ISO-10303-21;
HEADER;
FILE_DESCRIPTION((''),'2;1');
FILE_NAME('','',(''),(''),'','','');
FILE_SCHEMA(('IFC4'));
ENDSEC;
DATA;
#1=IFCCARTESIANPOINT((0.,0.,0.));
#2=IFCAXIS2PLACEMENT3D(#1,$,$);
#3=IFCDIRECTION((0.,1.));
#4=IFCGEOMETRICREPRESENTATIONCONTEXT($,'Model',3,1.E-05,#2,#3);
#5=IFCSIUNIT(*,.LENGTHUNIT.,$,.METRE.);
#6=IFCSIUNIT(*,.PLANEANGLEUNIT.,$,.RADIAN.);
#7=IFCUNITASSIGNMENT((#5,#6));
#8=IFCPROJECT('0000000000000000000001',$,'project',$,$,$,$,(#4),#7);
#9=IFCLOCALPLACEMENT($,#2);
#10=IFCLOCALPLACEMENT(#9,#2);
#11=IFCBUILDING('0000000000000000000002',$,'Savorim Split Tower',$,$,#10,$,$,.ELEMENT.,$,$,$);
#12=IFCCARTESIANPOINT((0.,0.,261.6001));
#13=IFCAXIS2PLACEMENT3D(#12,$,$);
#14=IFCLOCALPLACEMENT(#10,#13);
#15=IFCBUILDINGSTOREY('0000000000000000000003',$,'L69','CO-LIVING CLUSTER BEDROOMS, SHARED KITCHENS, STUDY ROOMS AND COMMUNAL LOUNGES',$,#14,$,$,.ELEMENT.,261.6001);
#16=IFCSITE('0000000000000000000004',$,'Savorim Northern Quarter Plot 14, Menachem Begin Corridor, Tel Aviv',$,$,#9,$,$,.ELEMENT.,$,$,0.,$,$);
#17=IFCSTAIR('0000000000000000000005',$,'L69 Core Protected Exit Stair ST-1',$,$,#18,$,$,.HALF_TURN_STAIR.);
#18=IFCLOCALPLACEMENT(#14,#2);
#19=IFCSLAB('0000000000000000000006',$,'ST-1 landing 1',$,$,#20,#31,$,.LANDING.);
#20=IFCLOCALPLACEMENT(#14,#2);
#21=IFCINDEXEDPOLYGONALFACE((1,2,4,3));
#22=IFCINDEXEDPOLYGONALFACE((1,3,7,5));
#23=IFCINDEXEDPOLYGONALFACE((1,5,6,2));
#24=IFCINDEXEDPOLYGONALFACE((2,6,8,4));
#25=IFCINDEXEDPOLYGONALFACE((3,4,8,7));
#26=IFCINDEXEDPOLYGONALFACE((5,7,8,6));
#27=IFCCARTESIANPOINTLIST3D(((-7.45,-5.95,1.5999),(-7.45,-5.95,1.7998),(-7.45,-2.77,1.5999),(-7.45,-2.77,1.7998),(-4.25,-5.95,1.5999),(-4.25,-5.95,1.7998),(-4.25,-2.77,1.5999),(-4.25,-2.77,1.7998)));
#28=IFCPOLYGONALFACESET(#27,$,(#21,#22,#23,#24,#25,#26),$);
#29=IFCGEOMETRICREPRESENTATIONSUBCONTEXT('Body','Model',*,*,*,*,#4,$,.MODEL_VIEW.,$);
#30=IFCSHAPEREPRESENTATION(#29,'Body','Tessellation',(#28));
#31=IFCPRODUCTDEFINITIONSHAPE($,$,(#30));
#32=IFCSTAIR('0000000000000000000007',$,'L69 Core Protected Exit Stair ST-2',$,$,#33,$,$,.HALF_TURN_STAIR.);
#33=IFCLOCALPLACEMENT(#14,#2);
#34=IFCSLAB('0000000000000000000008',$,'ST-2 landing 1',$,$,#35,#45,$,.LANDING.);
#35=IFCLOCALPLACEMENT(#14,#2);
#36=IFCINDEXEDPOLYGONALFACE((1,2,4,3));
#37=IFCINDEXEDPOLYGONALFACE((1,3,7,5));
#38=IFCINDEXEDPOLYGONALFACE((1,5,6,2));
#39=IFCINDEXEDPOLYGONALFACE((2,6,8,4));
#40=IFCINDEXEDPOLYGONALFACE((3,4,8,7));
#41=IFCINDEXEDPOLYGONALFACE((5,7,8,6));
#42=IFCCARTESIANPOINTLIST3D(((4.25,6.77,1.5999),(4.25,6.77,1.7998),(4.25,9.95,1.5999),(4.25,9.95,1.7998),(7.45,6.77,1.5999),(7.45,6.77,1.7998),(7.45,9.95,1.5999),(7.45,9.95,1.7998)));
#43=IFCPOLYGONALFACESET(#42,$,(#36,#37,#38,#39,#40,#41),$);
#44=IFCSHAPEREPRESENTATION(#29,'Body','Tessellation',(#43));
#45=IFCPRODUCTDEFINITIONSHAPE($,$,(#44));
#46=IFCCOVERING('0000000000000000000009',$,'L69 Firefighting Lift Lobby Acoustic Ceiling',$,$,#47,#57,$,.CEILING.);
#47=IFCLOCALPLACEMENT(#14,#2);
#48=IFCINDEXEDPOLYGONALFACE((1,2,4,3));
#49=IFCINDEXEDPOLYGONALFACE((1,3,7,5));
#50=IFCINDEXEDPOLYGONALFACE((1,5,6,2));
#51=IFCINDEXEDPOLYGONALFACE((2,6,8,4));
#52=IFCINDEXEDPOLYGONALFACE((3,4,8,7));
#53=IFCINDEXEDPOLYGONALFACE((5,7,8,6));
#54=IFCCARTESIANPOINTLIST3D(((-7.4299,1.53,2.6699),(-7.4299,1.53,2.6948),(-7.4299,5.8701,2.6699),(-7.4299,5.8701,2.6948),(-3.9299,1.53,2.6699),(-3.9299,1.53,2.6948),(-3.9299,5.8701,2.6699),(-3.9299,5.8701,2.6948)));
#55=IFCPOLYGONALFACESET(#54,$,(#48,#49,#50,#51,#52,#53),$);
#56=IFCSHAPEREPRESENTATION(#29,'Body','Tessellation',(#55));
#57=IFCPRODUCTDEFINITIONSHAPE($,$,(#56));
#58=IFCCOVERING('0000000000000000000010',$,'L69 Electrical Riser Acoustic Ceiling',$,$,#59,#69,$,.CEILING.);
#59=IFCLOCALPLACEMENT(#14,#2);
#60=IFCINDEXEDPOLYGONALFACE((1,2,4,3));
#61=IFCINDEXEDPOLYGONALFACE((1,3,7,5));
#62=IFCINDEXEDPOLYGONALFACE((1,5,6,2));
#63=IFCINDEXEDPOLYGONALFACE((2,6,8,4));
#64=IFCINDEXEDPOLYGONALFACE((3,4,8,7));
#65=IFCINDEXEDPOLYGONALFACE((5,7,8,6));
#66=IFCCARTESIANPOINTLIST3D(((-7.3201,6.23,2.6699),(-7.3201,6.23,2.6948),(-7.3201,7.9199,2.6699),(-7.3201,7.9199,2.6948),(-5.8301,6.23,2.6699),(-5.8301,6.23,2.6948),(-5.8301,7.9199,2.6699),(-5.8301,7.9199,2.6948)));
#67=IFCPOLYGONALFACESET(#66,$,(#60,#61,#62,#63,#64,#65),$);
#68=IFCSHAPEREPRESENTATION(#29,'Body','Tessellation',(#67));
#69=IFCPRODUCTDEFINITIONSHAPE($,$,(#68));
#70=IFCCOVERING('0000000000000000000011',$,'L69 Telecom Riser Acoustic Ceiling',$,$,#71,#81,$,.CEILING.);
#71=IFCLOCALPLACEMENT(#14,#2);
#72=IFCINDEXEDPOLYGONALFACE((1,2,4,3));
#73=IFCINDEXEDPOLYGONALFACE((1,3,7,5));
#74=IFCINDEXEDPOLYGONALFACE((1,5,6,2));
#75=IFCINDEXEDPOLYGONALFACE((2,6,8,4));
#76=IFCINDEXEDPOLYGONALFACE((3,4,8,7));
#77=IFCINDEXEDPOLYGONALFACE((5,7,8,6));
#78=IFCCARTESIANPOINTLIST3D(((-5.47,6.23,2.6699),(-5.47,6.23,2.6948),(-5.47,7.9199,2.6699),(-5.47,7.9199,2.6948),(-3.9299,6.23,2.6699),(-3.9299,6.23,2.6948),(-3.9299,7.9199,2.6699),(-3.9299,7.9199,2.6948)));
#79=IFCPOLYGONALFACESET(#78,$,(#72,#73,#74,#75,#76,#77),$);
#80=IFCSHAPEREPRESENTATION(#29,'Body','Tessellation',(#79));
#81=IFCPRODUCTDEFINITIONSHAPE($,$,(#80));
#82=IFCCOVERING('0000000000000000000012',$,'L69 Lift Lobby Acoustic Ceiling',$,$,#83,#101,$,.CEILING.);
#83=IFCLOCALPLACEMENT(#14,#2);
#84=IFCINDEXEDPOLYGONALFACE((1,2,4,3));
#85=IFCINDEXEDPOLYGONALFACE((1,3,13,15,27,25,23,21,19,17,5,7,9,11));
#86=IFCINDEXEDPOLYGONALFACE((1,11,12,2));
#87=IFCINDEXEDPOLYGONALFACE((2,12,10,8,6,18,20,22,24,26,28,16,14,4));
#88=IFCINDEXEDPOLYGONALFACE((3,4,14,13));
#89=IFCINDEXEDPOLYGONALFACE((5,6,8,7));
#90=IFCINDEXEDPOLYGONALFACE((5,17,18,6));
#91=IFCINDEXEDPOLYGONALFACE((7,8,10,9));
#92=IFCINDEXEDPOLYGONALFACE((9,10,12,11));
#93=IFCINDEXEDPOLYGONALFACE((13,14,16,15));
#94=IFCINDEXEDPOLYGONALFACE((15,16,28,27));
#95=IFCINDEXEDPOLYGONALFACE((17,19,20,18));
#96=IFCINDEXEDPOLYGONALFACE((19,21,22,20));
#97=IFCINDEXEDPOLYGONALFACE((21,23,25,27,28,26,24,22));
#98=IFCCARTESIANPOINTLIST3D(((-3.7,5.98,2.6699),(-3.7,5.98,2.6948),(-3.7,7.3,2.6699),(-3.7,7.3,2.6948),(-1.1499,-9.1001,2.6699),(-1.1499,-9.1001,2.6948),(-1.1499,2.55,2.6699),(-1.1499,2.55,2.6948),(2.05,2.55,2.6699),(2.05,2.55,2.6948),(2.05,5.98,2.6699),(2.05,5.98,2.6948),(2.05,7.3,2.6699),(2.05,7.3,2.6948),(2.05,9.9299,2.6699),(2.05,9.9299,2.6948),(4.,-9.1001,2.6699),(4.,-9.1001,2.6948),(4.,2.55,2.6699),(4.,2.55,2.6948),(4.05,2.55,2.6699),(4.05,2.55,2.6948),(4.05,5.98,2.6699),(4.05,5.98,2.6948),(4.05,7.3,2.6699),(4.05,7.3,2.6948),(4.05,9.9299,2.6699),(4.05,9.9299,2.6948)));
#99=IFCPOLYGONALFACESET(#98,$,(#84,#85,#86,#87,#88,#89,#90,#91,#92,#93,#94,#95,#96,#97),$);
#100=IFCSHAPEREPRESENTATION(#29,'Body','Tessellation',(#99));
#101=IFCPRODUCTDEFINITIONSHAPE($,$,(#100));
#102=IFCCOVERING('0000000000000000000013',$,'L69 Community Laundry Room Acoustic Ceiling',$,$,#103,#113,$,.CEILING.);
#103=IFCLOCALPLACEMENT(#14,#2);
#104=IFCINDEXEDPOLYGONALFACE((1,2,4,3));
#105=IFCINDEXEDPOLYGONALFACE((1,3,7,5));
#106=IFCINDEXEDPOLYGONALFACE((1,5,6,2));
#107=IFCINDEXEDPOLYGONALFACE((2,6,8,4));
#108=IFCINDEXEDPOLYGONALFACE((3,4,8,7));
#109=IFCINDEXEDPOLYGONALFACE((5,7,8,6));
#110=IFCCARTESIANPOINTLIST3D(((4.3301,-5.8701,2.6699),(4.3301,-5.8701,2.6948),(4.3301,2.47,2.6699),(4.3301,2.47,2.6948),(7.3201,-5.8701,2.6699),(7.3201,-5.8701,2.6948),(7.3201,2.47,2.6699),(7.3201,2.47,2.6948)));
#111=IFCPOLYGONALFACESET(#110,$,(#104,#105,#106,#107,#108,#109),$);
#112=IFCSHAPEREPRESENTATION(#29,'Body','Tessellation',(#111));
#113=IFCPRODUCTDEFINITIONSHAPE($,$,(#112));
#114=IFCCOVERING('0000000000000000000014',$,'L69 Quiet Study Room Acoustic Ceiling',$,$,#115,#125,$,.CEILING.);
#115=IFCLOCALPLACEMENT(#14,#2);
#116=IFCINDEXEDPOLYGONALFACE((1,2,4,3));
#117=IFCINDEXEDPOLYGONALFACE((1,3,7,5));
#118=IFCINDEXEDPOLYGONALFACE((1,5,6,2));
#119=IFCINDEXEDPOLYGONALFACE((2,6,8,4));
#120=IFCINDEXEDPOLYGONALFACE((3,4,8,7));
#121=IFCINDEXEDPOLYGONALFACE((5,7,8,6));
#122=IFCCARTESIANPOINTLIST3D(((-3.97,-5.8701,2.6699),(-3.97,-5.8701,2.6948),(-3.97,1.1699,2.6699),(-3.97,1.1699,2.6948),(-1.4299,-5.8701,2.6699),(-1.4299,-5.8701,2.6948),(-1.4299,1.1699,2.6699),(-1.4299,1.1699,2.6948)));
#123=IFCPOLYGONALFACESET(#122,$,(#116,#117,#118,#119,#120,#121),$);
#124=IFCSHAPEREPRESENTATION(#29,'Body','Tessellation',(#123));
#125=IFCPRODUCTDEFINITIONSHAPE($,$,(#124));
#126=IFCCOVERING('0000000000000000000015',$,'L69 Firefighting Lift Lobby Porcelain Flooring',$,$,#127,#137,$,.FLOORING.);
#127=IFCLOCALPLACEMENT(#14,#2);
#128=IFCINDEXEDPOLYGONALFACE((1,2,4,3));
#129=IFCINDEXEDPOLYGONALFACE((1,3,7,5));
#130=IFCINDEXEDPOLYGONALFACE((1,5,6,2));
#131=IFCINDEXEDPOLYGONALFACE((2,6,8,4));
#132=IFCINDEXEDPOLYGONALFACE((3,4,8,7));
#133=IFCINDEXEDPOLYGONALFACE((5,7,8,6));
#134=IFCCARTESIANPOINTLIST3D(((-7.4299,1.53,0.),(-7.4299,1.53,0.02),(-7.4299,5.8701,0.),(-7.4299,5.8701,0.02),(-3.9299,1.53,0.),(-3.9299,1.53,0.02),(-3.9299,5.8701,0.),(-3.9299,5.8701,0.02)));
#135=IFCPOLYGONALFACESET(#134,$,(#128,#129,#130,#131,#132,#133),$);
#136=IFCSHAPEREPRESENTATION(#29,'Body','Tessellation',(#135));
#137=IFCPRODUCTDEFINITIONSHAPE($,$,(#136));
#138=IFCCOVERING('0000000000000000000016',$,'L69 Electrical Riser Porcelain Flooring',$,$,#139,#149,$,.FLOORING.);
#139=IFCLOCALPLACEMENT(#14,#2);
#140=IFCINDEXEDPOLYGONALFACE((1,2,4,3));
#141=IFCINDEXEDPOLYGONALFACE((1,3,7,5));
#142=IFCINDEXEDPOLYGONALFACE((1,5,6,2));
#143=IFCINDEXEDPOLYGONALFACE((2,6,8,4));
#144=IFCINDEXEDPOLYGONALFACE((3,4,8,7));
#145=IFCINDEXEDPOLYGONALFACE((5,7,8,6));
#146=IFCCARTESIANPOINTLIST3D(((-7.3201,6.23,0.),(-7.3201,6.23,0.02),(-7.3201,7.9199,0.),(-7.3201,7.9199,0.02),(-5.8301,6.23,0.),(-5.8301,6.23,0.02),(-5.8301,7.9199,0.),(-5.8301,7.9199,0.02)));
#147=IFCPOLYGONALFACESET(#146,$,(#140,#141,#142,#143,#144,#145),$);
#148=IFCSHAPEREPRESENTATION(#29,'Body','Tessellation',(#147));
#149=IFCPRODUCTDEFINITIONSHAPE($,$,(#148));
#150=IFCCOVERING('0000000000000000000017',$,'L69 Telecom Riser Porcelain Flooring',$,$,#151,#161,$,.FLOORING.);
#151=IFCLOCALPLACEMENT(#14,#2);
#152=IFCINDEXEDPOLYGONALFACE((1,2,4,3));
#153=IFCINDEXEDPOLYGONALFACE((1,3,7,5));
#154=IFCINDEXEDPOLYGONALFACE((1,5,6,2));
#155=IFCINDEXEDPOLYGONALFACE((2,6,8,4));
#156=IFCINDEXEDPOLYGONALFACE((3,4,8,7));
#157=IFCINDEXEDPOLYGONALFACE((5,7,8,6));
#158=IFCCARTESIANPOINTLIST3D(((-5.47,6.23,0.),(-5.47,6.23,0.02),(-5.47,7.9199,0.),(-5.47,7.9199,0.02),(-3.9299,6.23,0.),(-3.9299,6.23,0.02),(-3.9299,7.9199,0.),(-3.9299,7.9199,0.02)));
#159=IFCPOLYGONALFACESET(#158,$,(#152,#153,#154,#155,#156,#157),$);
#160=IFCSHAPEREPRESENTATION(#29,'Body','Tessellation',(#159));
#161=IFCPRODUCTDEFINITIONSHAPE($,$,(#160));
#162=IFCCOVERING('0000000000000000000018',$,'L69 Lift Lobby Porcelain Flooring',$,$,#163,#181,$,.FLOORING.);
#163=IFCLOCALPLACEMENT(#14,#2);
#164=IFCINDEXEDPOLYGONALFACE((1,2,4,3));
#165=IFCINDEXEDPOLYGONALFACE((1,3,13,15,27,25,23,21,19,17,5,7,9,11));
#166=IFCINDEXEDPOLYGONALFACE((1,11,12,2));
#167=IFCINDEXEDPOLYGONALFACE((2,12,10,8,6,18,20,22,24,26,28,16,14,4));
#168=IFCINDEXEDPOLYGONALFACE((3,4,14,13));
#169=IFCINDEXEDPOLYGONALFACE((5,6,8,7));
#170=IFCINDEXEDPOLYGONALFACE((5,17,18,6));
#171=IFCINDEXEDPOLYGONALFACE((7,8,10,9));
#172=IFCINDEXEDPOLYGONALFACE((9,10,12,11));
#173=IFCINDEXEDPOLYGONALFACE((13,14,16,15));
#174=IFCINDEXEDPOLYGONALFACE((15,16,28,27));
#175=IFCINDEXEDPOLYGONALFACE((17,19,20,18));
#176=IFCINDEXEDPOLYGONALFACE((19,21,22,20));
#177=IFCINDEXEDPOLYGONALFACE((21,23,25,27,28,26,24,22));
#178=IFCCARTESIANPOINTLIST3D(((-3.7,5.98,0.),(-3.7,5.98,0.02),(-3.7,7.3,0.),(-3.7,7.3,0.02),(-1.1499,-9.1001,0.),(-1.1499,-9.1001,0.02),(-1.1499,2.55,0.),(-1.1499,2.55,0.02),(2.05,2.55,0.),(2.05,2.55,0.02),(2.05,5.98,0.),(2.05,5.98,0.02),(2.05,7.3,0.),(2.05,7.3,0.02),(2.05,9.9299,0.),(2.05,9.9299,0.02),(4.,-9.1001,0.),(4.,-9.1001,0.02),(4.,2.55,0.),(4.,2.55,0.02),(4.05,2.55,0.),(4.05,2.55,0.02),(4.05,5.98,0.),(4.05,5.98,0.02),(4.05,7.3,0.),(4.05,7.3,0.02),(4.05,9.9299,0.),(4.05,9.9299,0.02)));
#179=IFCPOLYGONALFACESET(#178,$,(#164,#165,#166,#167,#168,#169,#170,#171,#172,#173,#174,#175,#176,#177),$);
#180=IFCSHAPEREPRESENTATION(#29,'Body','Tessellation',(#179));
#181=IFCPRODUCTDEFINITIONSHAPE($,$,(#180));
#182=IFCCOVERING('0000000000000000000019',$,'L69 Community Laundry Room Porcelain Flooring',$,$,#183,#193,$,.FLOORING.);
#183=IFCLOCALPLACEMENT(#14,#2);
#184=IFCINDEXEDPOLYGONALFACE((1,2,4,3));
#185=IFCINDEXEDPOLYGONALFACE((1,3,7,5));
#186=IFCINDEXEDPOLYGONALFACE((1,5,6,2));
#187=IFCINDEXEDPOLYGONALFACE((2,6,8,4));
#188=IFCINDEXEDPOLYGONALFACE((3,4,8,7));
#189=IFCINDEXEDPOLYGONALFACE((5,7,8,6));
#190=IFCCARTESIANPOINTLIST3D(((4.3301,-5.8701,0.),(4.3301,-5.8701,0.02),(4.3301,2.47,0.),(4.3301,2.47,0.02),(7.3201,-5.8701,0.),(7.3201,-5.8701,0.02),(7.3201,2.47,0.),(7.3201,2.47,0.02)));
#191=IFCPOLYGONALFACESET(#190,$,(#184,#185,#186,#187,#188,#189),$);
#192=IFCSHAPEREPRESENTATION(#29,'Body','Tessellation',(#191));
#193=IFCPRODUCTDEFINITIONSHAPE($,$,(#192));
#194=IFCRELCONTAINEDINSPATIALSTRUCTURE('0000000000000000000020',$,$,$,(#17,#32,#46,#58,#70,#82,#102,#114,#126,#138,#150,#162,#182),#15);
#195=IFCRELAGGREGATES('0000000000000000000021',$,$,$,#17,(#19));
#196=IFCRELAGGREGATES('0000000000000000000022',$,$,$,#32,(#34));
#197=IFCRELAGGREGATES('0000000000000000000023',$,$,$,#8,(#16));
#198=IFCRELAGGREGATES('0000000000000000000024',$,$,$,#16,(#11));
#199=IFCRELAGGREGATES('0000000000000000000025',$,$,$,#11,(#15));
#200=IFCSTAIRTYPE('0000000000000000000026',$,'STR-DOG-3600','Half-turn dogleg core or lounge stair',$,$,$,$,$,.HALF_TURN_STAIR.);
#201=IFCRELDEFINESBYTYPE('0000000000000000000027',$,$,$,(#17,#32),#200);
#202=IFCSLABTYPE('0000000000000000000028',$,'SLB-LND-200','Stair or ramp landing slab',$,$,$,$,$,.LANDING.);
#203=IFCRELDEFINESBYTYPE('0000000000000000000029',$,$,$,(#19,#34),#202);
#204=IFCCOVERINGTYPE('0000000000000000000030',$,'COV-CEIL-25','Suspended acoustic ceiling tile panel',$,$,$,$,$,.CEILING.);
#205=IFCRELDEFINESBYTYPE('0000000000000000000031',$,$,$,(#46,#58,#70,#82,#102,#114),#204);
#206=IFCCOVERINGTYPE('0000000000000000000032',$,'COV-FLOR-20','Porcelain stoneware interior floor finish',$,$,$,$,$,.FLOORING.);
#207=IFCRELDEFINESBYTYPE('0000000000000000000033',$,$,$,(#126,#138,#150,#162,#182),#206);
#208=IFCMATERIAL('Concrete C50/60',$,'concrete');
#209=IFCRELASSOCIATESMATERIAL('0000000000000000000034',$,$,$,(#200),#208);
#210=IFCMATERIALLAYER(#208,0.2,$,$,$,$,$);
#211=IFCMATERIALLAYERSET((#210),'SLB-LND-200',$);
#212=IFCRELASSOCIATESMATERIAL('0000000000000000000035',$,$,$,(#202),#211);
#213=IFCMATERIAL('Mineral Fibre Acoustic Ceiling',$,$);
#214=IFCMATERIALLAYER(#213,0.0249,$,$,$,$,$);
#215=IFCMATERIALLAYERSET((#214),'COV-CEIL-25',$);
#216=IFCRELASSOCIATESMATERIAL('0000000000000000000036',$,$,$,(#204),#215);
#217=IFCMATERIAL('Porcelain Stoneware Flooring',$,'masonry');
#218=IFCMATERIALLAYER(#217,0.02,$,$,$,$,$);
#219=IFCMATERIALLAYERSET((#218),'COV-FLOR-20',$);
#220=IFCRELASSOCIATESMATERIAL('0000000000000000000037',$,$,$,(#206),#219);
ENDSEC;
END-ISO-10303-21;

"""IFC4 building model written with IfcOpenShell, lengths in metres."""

from ifc_helpers import new_model, si_unit, direction, frame, origin, place, context, subcontext, project, spatial, polyline, outline, extrude, material, layer, layer_set, type_object, element, aggregate, save


model = new_model("IFC4")

# Units and contexts
model_context = context("Model", 3, precision=1e-05, world=origin(), true_north=direction((0.0, 1.0)))
body_context = subcontext(model_context, "Body", "Model", "MODEL_VIEW")
ifc_project = project(units=[si_unit("LENGTHUNIT", "METRE"), si_unit("PLANEANGLEUNIT", "RADIAN")], contexts=[model_context])

# Site, building, storey
site_placement = place(None, origin())
site = spatial("IfcSite", under=ifc_project, at=site_placement, Name="Savorim Northern Quarter Plot 14, Menachem Begin Corridor, Tel Aviv", CompositionType="ELEMENT", RefElevation=0.0)
building_placement = place(site_placement, origin())
building = spatial("IfcBuilding", under=site, at=building_placement, Name="Savorim Split Tower", CompositionType="ELEMENT")
storey_placement = place(building_placement, frame((0.0, 0.0, 261.6001)))
storey = spatial("IfcBuildingStorey", under=building, at=storey_placement, Name="L69", Description="CO-LIVING CLUSTER BEDROOMS, SHARED KITCHENS, STUDY ROOMS AND COMMUNAL LOUNGES", CompositionType="ELEMENT", Elevation=261.6001)

# Stairs, slabs
ifc_material_1 = material(Name="Concrete C50/60", Category="concrete")
stair_type = type_object("IfcStairType", Name="STR-DOG-3600", Description="Half-turn dogleg core or lounge stair", PredefinedType="HALF_TURN_STAIR", material=ifc_material_1)
stair_1_placement = place(storey_placement, origin())
stair_1 = element("IfcStair", 1, at=stair_1_placement, inside=storey, type_object=stair_type, Name="L69 Core Protected Exit Stair ST-1", PredefinedType="HALF_TURN_STAIR")
ifc_layer_1 = layer(ifc_material_1, 0.2)
ifc_layer_set_1 = layer_set([ifc_layer_1], Name="SLB-LND-200")
slab_type = type_object("IfcSlabType", Name="SLB-LND-200", Description="Stair or ramp landing slab", PredefinedType="LANDING", material=ifc_layer_set_1)
slab_1_placement = place(storey_placement, frame((0.0, 0.0, 1.5999)))
slab_1 = element("IfcSlab", 2, at=slab_1_placement, type_object=slab_type, Name="ST-1 landing 1", PredefinedType="LANDING", context=body_context, shape_type="SweptSolid", body=[
    extrude(outline(polyline([(-7.45, -2.77), (-7.45, -5.95), (-4.25, -5.95), (-4.25, -2.77), (-7.45, -2.77)])), origin(), (0.0, 0.0, 1.0), 0.2),
])
aggregate(stair_1, [slab_1])
stair_2_placement = place(storey_placement, origin())
stair_2 = element("IfcStair", 3, at=stair_2_placement, inside=storey, type_object=stair_type, Name="L69 Core Protected Exit Stair ST-2", PredefinedType="HALF_TURN_STAIR")
slab_2_placement = place(storey_placement, frame((0.0, 0.0, 1.5999)))
slab_2 = element("IfcSlab", 4, at=slab_2_placement, type_object=slab_type, Name="ST-2 landing 1", PredefinedType="LANDING", context=body_context, shape_type="SweptSolid", body=[
    extrude(outline(polyline([(7.45, 6.77), (7.45, 9.95), (4.25, 9.95), (4.25, 6.77), (7.45, 6.77)])), origin(), (0.0, 0.0, 1.0), 0.2),
])
aggregate(stair_2, [slab_2])

# Coverings
ifc_material_2 = material(Name="Mineral Fibre Acoustic Ceiling")
ifc_layer_2 = layer(ifc_material_2, 0.0249)
ifc_layer_set_2 = layer_set([ifc_layer_2], Name="COV-CEIL-25")
covering_type_1 = type_object("IfcCoveringType", Name="COV-CEIL-25", Description="Suspended acoustic ceiling tile panel", PredefinedType="CEILING", material=ifc_layer_set_2)
covering_1_placement = place(storey_placement, frame((0.0, 0.0, 2.6699)))
element("IfcCovering", 5, at=covering_1_placement, inside=storey, type_object=covering_type_1, Name="L69 Firefighting Lift Lobby Acoustic Ceiling", PredefinedType="CEILING", context=body_context, shape_type="SweptSolid", body=[
    extrude(outline(polyline([(-7.4299, 5.8701), (-7.4299, 1.53), (-3.9299, 1.53), (-3.9299, 5.8701), (-7.4299, 5.8701)])), origin(), (0.0, 0.0, 1.0), 0.0249),
])
covering_2_placement = place(storey_placement, frame((0.0, 0.0, 2.6699)))
element("IfcCovering", 6, at=covering_2_placement, inside=storey, type_object=covering_type_1, Name="L69 Electrical Riser Acoustic Ceiling", PredefinedType="CEILING", context=body_context, shape_type="SweptSolid", body=[
    extrude(outline(polyline([(-7.3201, 7.9199), (-7.3201, 6.23), (-5.8301, 6.23), (-5.8301, 7.9199), (-7.3201, 7.9199)])), origin(), (0.0, 0.0, 1.0), 0.0249),
])
covering_3_placement = place(storey_placement, frame((0.0, 0.0, 2.6699)))
element("IfcCovering", 7, at=covering_3_placement, inside=storey, type_object=covering_type_1, Name="L69 Telecom Riser Acoustic Ceiling", PredefinedType="CEILING", context=body_context, shape_type="SweptSolid", body=[
    extrude(outline(polyline([(-5.47, 7.9199), (-5.47, 6.23), (-3.9299, 6.23), (-3.9299, 7.9199), (-5.47, 7.9199)])), origin(), (0.0, 0.0, 1.0), 0.0249),
])
covering_4_placement = place(storey_placement, frame((0.0, 0.0, 2.6699)))
element("IfcCovering", 8, at=covering_4_placement, inside=storey, type_object=covering_type_1, Name="L69 Lift Lobby Acoustic Ceiling", PredefinedType="CEILING", context=body_context, shape_type="SweptSolid", body=[
    extrude(outline(polyline([(2.05, 2.55), (-1.1499, 2.55), (-1.1499, -9.1001), (4.0, -9.1001), (4.0, 2.55), (4.05, 2.55), (4.05, 5.98), (4.05, 7.3), (4.05, 9.9299), (2.05, 9.9299), (2.05, 7.3), (-3.7, 7.3), (-3.7, 5.98), (2.05, 5.98), (2.05, 2.55)])), origin(), (0.0, 0.0, 1.0), 0.0249),
])
covering_5_placement = place(storey_placement, frame((0.0, 0.0, 2.6699)))
element("IfcCovering", 9, at=covering_5_placement, inside=storey, type_object=covering_type_1, Name="L69 Community Laundry Room Acoustic Ceiling", PredefinedType="CEILING", context=body_context, shape_type="SweptSolid", body=[
    extrude(outline(polyline([(4.3301, 2.47), (4.3301, -5.8701), (7.3201, -5.8701), (7.3201, 2.47), (4.3301, 2.47)])), origin(), (0.0, 0.0, 1.0), 0.0249),
])
covering_6_placement = place(storey_placement, frame((0.0, 0.0, 2.6699)))
element("IfcCovering", 10, at=covering_6_placement, inside=storey, type_object=covering_type_1, Name="L69 Quiet Study Room Acoustic Ceiling", PredefinedType="CEILING", context=body_context, shape_type="SweptSolid", body=[
    extrude(outline(polyline([(-3.97, 1.1699), (-3.97, -5.8701), (-1.4299, -5.8701), (-1.4299, 1.1699), (-3.97, 1.1699)])), origin(), (0.0, 0.0, 1.0), 0.0249),
])
ifc_material_3 = material(Name="Porcelain Stoneware Flooring", Category="masonry")
ifc_layer_3 = layer(ifc_material_3, 0.02)
ifc_layer_set_3 = layer_set([ifc_layer_3], Name="COV-FLOR-20")
covering_type_2 = type_object("IfcCoveringType", Name="COV-FLOR-20", Description="Porcelain stoneware interior floor finish", PredefinedType="FLOORING", material=ifc_layer_set_3)
covering_7_placement = place(storey_placement, origin())
element("IfcCovering", 11, at=covering_7_placement, inside=storey, type_object=covering_type_2, Name="L69 Firefighting Lift Lobby Porcelain Flooring", PredefinedType="FLOORING", context=body_context, shape_type="SweptSolid", body=[
    extrude(outline(polyline([(-7.4299, 5.8701), (-7.4299, 1.53), (-3.9299, 1.53), (-3.9299, 5.8701), (-7.4299, 5.8701)])), origin(), (0.0, 0.0, 1.0), 0.02),
])
covering_8_placement = place(storey_placement, origin())
element("IfcCovering", 12, at=covering_8_placement, inside=storey, type_object=covering_type_2, Name="L69 Electrical Riser Porcelain Flooring", PredefinedType="FLOORING", context=body_context, shape_type="SweptSolid", body=[
    extrude(outline(polyline([(-7.3201, 7.9199), (-7.3201, 6.23), (-5.8301, 6.23), (-5.8301, 7.9199), (-7.3201, 7.9199)])), origin(), (0.0, 0.0, 1.0), 0.02),
])
covering_9_placement = place(storey_placement, origin())
element("IfcCovering", 13, at=covering_9_placement, inside=storey, type_object=covering_type_2, Name="L69 Telecom Riser Porcelain Flooring", PredefinedType="FLOORING", context=body_context, shape_type="SweptSolid", body=[
    extrude(outline(polyline([(-5.47, 7.9199), (-5.47, 6.23), (-3.9299, 6.23), (-3.9299, 7.9199), (-5.47, 7.9199)])), origin(), (0.0, 0.0, 1.0), 0.02),
])
covering_10_placement = place(storey_placement, origin())
element("IfcCovering", 14, at=covering_10_placement, inside=storey, type_object=covering_type_2, Name="L69 Lift Lobby Porcelain Flooring", PredefinedType="FLOORING", context=body_context, shape_type="SweptSolid", body=[
    extrude(outline(polyline([(2.05, 2.55), (-1.1499, 2.55), (-1.1499, -9.1001), (4.0, -9.1001), (4.0, 2.55), (4.05, 2.55), (4.05, 5.98), (4.05, 7.3), (4.05, 9.9299), (2.05, 9.9299), (2.05, 7.3), (-3.7, 7.3), (-3.7, 5.98), (2.05, 5.98), (2.05, 2.55)])), origin(), (0.0, 0.0, 1.0), 0.02),
])
covering_11_placement = place(storey_placement, origin())
element("IfcCovering", 15, at=covering_11_placement, inside=storey, type_object=covering_type_2, Name="L69 Community Laundry Room Porcelain Flooring", PredefinedType="FLOORING", context=body_context, shape_type="SweptSolid", body=[
    extrude(outline(polyline([(4.3301, 2.47), (4.3301, -5.8701), (7.3201, -5.8701), (7.3201, 2.47), (4.3301, 2.47)])), origin(), (0.0, 0.0, 1.0), 0.02),
])

save(model, "model.ifc")
